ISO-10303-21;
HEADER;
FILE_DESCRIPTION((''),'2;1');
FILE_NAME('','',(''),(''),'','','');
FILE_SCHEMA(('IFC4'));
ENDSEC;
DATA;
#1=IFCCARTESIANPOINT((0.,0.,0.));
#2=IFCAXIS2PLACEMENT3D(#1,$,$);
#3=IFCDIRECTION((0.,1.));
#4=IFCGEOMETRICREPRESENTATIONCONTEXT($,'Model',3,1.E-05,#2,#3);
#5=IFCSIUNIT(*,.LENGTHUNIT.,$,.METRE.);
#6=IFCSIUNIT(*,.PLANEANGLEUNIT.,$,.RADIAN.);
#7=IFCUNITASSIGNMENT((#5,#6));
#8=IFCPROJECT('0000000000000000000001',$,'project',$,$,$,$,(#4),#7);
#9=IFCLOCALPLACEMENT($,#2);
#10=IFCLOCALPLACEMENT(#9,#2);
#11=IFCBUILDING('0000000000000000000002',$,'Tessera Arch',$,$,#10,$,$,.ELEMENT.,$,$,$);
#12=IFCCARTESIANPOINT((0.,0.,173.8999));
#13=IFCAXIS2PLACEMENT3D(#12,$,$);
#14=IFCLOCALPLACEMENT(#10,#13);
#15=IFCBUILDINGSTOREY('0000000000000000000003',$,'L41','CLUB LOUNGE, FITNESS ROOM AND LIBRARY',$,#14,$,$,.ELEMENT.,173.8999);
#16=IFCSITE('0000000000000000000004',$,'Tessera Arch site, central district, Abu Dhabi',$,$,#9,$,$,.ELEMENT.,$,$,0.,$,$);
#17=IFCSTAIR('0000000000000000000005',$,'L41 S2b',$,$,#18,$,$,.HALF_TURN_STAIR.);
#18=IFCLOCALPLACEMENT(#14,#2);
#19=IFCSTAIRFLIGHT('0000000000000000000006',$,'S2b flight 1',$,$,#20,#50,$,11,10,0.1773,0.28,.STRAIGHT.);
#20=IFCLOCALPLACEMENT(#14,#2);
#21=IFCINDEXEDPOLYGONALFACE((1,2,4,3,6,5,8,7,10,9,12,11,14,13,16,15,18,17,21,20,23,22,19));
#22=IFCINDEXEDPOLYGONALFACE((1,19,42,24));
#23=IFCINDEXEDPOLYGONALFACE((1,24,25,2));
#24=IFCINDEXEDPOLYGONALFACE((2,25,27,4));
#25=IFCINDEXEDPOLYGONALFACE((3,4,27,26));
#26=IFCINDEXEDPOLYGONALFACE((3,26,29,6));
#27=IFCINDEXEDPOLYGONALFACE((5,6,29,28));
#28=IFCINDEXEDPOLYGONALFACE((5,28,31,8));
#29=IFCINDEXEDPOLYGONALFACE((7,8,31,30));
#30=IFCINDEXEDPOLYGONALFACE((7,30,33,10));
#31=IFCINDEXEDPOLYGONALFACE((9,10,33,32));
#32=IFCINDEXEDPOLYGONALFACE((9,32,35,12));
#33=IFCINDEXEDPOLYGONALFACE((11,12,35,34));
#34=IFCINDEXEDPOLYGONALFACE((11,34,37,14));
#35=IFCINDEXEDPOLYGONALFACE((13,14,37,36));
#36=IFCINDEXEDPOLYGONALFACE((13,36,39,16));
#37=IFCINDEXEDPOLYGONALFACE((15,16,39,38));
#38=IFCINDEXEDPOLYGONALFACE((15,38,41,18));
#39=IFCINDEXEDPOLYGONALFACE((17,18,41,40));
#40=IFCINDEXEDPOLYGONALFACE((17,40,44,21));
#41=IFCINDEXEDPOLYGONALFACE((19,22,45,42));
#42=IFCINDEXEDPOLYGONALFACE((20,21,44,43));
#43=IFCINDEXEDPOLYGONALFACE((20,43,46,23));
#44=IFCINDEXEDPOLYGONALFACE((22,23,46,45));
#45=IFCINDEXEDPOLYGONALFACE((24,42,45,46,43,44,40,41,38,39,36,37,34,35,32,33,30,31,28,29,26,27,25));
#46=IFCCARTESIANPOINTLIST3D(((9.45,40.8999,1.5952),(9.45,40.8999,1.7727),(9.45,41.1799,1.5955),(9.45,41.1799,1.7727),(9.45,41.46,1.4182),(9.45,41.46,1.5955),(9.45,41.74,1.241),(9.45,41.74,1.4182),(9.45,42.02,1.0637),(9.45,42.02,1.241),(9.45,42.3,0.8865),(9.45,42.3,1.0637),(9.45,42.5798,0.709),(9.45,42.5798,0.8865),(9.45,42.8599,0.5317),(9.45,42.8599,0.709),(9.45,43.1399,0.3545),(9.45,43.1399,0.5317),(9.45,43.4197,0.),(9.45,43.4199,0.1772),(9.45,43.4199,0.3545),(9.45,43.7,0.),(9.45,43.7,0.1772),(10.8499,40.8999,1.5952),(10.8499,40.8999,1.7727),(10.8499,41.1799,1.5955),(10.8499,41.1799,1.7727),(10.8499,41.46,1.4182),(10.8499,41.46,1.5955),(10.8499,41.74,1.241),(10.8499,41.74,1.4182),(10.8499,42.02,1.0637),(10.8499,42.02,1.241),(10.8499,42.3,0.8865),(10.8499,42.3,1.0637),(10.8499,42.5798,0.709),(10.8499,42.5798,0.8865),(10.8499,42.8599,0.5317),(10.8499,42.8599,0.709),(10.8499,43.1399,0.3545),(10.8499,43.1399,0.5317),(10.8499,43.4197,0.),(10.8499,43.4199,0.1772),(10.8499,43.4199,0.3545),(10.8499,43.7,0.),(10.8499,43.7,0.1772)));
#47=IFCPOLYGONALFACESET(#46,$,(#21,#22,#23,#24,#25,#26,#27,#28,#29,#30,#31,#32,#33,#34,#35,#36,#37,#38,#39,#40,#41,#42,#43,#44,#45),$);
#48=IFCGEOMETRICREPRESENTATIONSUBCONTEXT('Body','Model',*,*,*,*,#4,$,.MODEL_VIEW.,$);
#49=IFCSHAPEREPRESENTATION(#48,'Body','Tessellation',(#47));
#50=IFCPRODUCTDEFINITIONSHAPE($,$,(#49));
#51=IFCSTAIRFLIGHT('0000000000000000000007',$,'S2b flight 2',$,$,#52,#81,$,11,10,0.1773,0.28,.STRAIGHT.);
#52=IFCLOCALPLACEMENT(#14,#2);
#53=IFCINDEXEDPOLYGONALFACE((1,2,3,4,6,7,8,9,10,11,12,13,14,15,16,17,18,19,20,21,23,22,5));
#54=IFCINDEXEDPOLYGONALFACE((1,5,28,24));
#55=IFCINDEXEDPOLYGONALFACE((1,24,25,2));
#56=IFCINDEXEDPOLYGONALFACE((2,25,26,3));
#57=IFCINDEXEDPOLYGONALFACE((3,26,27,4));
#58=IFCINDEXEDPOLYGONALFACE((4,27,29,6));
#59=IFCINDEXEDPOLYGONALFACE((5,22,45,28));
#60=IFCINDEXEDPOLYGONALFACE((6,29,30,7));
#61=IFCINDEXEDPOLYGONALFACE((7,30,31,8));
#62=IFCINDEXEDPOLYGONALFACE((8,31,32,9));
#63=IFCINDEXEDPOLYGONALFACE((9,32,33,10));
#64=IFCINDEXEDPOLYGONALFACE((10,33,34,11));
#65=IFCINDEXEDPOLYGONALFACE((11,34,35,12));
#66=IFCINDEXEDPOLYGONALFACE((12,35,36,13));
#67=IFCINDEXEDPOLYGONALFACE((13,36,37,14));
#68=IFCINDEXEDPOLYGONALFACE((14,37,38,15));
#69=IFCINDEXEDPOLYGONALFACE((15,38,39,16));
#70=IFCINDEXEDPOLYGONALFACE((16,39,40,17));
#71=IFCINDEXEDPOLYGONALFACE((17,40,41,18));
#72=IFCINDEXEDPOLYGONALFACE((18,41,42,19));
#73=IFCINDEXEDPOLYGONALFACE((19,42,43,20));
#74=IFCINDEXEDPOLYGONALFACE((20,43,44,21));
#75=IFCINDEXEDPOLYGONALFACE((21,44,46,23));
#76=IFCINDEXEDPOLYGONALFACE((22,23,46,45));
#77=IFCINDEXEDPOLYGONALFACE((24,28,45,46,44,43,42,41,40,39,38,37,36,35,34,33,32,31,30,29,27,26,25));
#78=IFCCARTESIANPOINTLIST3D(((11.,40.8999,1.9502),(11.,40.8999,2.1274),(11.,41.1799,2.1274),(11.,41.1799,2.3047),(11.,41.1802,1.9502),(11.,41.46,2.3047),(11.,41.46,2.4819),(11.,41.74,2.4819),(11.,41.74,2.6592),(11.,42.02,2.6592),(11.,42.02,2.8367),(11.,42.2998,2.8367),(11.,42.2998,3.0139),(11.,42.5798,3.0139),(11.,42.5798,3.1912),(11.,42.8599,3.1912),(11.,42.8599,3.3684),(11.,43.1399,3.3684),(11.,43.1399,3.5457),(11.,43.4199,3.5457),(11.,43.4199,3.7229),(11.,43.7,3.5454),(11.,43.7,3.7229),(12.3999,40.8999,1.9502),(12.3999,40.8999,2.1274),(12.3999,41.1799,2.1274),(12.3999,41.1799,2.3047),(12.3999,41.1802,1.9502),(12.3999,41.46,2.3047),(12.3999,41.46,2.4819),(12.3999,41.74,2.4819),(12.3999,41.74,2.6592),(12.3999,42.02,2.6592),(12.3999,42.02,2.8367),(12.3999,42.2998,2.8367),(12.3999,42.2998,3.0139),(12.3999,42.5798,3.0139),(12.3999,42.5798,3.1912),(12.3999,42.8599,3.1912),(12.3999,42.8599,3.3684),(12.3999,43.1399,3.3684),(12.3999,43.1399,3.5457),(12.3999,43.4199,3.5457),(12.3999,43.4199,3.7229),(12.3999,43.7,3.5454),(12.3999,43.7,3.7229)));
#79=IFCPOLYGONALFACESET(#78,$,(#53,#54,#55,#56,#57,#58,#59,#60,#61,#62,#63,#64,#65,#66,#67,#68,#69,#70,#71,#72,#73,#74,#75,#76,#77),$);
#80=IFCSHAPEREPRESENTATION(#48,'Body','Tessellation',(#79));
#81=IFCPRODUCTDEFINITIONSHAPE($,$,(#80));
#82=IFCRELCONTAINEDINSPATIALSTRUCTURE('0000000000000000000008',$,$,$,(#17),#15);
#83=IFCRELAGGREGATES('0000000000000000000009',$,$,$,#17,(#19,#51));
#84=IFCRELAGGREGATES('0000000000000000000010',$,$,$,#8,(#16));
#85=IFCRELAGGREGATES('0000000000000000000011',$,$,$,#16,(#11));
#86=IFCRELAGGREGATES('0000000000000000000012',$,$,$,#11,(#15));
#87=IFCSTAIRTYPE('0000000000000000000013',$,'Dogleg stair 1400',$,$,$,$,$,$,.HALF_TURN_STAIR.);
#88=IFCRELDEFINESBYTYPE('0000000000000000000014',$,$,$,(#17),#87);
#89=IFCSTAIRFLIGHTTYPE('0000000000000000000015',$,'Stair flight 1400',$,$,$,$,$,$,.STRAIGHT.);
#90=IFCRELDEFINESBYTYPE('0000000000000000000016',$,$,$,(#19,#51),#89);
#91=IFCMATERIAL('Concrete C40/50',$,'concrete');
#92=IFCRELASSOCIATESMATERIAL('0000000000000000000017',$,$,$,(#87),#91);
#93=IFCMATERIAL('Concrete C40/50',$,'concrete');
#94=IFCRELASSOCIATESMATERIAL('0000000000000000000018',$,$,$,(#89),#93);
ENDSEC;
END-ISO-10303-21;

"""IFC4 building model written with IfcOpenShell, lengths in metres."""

from ifc_helpers import new_model, si_unit, direction, frame, origin, place, context, subcontext, project, spatial, polyline, outline, extrude, material, type_object, element, aggregate, save


model = new_model("IFC4")

# Units and contexts
model_context = context("Model", 3, precision=1e-05, world=origin(), true_north=direction((0.0, 1.0)))
body_context = subcontext(model_context, "Body", "Model", "MODEL_VIEW")
ifc_project = project(units=[si_unit("LENGTHUNIT", "METRE"), si_unit("PLANEANGLEUNIT", "RADIAN")], contexts=[model_context])

# Site, building, storey
site_placement = place(None, origin())
site = spatial("IfcSite", under=ifc_project, at=site_placement, Name="Tessera Arch site, central district, Abu Dhabi", CompositionType="ELEMENT", RefElevation=0.0)
building_placement = place(site_placement, origin())
building = spatial("IfcBuilding", under=site, at=building_placement, Name="Tessera Arch", CompositionType="ELEMENT")
storey_placement = place(building_placement, frame((0.0, 0.0, 173.8999)))
storey = spatial("IfcBuildingStorey", under=building, at=storey_placement, Name="L41", Description="CLUB LOUNGE, FITNESS ROOM AND LIBRARY", CompositionType="ELEMENT", Elevation=173.8999)

# Stair, stair flights
ifc_material_1 = material(Name="Concrete C40/50", Category="concrete")
stair_type = type_object("IfcStairType", Name="Dogleg stair 1400", PredefinedType="HALF_TURN_STAIR", material=ifc_material_1)
stair_placement = place(storey_placement, origin())
stair = element("IfcStair", 1, at=stair_placement, inside=storey, type_object=stair_type, Name="L41 S2b", PredefinedType="HALF_TURN_STAIR")
ifc_material_2 = material(Name="Concrete C40/50", Category="concrete")
stair_flight_type = type_object("IfcStairFlightType", Name="Stair flight 1400", PredefinedType="STRAIGHT", material=ifc_material_2)
stair_flight_1_placement = place(storey_placement, frame((10.1499, 43.7, 0.0), z_axis=(0.0, 0.0, 1.0), x_axis=(0.0, -1.0, 0.0)))
stair_flight_1 = element("IfcStairFlight", 2, at=stair_flight_1_placement, type_object=stair_flight_type, Name="S2b flight 1", NumberOfRisers=11, NumberOfTreads=10, PredefinedType="STRAIGHT", RiserHeight=0.1773, TreadLength=0.28, context=body_context, shape_type="SweptSolid", body=[
    extrude(outline(polyline([(0.0, 0.0), (0.0, 0.1772), (0.28, 0.1772), (0.28, 0.3545), (0.5601, 0.3545), (0.5601, 0.5317), (0.8401, 0.5317), (0.8401, 0.709), (1.1201, 0.709), (1.1201, 0.8865), (1.3999, 0.8865), (1.3999, 1.0637), (1.6799, 1.0637), (1.6799, 1.241), (1.96, 1.241), (1.96, 1.4182), (2.24, 1.4182), (2.24, 1.5955), (2.52, 1.5955), (2.52, 1.7727), (2.8, 1.7727), (2.8, 1.95), (2.8, 1.5952), (0.2803, 0.0), (0.0, 0.0)])), frame((0.0, 0.7, 0.0), z_axis=(0.0, -1.0, 0.0), x_axis=(1.0, 0.0, 0.0)), (0.0, 0.0, 1.0), 1.3999),
])
stair_flight_2_placement = place(storey_placement, frame((11.7, 40.8999, 1.9502), z_axis=(0.0, 0.0, 1.0), x_axis=(0.0, 1.0, 0.0)))
stair_flight_2 = element("IfcStairFlight", 3, at=stair_flight_2_placement, type_object=stair_flight_type, Name="S2b flight 2", NumberOfRisers=11, NumberOfTreads=10, PredefinedType="STRAIGHT", RiserHeight=0.1773, TreadLength=0.28, context=body_context, shape_type="SweptSolid", body=[
    extrude(outline(polyline([(0.0, 0.0), (0.0, 0.1772), (0.28, 0.1772), (0.28, 0.3545), (0.5601, 0.3545), (0.5601, 0.5317), (0.8401, 0.5317), (0.8401, 0.709), (1.1201, 0.709), (1.1201, 0.8865), (1.3999, 0.8865), (1.3999, 1.0637), (1.6799, 1.0637), (1.6799, 1.241), (1.96, 1.241), (1.96, 1.4182), (2.24, 1.4182), (2.24, 1.5955), (2.52, 1.5955), (2.52, 1.7727), (2.8, 1.7727), (2.8, 1.95), (2.8, 1.5952), (0.2803, 0.0), (0.0, 0.0)])), frame((0.0, 0.7, 0.0), z_axis=(0.0, -1.0, 0.0), x_axis=(1.0, 0.0, 0.0)), (0.0, 0.0, 1.0), 1.3999),
])
aggregate(stair, [stair_flight_1, stair_flight_2])

save(model, "model.ifc")
